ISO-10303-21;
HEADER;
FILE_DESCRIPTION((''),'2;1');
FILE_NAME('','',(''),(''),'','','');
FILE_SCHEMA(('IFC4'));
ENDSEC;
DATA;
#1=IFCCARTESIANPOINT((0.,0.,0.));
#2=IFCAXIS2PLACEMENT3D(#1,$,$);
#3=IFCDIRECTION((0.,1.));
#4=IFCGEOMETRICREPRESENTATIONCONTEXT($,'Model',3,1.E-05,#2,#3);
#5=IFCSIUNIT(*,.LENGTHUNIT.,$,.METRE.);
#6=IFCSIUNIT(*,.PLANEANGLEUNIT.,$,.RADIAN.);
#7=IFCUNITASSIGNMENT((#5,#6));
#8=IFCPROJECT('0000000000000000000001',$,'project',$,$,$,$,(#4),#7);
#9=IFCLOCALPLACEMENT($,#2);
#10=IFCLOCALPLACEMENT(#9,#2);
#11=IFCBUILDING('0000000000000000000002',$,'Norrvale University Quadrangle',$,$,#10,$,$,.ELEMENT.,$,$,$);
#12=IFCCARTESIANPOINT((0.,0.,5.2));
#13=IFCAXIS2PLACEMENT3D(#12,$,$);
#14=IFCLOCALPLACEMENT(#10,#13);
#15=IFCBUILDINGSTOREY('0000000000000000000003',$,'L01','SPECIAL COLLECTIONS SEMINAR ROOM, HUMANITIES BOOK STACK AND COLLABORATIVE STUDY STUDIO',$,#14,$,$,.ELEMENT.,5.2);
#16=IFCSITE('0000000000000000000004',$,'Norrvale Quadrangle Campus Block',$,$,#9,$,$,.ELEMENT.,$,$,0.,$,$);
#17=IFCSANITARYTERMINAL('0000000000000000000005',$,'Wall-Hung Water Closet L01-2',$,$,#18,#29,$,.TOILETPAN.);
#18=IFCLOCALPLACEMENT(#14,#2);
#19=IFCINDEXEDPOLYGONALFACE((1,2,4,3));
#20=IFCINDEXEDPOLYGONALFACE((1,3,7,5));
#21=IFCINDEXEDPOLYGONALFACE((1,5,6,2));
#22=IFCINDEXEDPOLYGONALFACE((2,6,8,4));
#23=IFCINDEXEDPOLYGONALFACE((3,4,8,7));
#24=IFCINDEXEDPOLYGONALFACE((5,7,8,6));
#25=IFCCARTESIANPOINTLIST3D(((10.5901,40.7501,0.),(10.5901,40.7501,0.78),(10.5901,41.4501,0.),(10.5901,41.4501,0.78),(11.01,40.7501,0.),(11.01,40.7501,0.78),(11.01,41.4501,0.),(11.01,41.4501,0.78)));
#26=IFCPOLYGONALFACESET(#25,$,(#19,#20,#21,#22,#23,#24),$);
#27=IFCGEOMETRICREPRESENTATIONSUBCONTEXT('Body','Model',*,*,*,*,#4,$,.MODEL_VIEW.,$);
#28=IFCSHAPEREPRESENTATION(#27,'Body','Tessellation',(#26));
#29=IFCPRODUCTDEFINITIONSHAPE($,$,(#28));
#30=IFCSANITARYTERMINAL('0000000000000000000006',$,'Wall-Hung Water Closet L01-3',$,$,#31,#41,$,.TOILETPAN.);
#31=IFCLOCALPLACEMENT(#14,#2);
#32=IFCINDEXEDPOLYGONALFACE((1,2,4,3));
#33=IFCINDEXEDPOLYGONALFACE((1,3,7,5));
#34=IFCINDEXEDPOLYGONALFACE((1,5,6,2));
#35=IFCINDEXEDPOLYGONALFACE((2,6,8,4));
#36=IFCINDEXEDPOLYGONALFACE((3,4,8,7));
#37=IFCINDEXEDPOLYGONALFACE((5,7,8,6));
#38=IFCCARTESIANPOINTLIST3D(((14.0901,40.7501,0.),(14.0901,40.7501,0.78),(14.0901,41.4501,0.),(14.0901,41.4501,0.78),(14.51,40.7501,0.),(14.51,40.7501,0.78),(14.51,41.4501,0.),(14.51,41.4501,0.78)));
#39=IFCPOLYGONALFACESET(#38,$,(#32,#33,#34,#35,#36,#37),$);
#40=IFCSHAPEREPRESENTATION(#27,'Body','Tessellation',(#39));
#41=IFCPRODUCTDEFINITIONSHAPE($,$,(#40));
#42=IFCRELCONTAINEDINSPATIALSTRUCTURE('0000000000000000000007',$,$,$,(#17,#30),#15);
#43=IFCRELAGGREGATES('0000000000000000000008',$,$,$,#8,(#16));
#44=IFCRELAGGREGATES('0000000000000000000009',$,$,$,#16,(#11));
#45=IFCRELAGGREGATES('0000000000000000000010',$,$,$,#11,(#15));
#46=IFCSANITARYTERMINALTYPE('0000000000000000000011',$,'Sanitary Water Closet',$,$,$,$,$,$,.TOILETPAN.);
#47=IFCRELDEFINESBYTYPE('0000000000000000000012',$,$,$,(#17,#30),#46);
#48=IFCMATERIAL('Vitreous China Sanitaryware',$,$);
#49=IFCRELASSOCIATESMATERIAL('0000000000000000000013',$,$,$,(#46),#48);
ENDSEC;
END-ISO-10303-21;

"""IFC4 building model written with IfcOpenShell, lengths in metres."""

from ifc_helpers import new_model, si_unit, direction, frame, origin, origin_2d, place, context, subcontext, project, spatial, rectangle, extrude, material, type_object, element, save


model = new_model("IFC4")

# Units and contexts
model_context = context("Model", 3, precision=1e-05, world=origin(), true_north=direction((0.0, 1.0)))
body_context = subcontext(model_context, "Body", "Model", "MODEL_VIEW")
ifc_project = project(units=[si_unit("LENGTHUNIT", "METRE"), si_unit("PLANEANGLEUNIT", "RADIAN")], contexts=[model_context])

# Site, building, storey
site_placement = place(None, origin())
site = spatial("IfcSite", under=ifc_project, at=site_placement, Name="Norrvale Quadrangle Campus Block", CompositionType="ELEMENT", RefElevation=0.0)
building_placement = place(site_placement, origin())
building = spatial("IfcBuilding", under=site, at=building_placement, Name="Norrvale University Quadrangle", CompositionType="ELEMENT")
storey_placement = place(building_placement, frame((0.0, 0.0, 5.2)))
storey = spatial("IfcBuildingStorey", under=building, at=storey_placement, Name="L01", Description="SPECIAL COLLECTIONS SEMINAR ROOM, HUMANITIES BOOK STACK AND COLLABORATIVE STUDY STUDIO", CompositionType="ELEMENT", Elevation=5.2)

# Sanitary terminals
ifc_material_1 = material(Name="Vitreous China Sanitaryware")
sanitary_terminal_type_1 = type_object("IfcSanitaryTerminalType", Name="Sanitary Water Closet", PredefinedType="TOILETPAN", material=ifc_material_1)
for number, where, z_axis, x_axis, name in (
    (1, (10.8, 41.1001, 0.0), (0.0, 0.0, 1.0), (1.0, 0.0, 0.0), "Wall-Hung Water Closet L01-2"),
    (2, (14.3, 41.1001, 0.0), (0.0, 0.0, 1.0), (1.0, 0.0, 0.0), "Wall-Hung Water Closet L01-3"),
):
    element("IfcSanitaryTerminal", number, at=place(storey_placement, frame(where, z_axis=z_axis, x_axis=x_axis)), inside=storey, type_object=sanitary_terminal_type_1, Name=name, PredefinedType="TOILETPAN", context=body_context, shape_type="SweptSolid", body=[
        extrude(rectangle(XDim=0.4199, YDim=0.7, at=origin_2d()), origin(), (0.0, 0.0, 1.0), 0.78),
    ])

save(model, "model.ifc")
